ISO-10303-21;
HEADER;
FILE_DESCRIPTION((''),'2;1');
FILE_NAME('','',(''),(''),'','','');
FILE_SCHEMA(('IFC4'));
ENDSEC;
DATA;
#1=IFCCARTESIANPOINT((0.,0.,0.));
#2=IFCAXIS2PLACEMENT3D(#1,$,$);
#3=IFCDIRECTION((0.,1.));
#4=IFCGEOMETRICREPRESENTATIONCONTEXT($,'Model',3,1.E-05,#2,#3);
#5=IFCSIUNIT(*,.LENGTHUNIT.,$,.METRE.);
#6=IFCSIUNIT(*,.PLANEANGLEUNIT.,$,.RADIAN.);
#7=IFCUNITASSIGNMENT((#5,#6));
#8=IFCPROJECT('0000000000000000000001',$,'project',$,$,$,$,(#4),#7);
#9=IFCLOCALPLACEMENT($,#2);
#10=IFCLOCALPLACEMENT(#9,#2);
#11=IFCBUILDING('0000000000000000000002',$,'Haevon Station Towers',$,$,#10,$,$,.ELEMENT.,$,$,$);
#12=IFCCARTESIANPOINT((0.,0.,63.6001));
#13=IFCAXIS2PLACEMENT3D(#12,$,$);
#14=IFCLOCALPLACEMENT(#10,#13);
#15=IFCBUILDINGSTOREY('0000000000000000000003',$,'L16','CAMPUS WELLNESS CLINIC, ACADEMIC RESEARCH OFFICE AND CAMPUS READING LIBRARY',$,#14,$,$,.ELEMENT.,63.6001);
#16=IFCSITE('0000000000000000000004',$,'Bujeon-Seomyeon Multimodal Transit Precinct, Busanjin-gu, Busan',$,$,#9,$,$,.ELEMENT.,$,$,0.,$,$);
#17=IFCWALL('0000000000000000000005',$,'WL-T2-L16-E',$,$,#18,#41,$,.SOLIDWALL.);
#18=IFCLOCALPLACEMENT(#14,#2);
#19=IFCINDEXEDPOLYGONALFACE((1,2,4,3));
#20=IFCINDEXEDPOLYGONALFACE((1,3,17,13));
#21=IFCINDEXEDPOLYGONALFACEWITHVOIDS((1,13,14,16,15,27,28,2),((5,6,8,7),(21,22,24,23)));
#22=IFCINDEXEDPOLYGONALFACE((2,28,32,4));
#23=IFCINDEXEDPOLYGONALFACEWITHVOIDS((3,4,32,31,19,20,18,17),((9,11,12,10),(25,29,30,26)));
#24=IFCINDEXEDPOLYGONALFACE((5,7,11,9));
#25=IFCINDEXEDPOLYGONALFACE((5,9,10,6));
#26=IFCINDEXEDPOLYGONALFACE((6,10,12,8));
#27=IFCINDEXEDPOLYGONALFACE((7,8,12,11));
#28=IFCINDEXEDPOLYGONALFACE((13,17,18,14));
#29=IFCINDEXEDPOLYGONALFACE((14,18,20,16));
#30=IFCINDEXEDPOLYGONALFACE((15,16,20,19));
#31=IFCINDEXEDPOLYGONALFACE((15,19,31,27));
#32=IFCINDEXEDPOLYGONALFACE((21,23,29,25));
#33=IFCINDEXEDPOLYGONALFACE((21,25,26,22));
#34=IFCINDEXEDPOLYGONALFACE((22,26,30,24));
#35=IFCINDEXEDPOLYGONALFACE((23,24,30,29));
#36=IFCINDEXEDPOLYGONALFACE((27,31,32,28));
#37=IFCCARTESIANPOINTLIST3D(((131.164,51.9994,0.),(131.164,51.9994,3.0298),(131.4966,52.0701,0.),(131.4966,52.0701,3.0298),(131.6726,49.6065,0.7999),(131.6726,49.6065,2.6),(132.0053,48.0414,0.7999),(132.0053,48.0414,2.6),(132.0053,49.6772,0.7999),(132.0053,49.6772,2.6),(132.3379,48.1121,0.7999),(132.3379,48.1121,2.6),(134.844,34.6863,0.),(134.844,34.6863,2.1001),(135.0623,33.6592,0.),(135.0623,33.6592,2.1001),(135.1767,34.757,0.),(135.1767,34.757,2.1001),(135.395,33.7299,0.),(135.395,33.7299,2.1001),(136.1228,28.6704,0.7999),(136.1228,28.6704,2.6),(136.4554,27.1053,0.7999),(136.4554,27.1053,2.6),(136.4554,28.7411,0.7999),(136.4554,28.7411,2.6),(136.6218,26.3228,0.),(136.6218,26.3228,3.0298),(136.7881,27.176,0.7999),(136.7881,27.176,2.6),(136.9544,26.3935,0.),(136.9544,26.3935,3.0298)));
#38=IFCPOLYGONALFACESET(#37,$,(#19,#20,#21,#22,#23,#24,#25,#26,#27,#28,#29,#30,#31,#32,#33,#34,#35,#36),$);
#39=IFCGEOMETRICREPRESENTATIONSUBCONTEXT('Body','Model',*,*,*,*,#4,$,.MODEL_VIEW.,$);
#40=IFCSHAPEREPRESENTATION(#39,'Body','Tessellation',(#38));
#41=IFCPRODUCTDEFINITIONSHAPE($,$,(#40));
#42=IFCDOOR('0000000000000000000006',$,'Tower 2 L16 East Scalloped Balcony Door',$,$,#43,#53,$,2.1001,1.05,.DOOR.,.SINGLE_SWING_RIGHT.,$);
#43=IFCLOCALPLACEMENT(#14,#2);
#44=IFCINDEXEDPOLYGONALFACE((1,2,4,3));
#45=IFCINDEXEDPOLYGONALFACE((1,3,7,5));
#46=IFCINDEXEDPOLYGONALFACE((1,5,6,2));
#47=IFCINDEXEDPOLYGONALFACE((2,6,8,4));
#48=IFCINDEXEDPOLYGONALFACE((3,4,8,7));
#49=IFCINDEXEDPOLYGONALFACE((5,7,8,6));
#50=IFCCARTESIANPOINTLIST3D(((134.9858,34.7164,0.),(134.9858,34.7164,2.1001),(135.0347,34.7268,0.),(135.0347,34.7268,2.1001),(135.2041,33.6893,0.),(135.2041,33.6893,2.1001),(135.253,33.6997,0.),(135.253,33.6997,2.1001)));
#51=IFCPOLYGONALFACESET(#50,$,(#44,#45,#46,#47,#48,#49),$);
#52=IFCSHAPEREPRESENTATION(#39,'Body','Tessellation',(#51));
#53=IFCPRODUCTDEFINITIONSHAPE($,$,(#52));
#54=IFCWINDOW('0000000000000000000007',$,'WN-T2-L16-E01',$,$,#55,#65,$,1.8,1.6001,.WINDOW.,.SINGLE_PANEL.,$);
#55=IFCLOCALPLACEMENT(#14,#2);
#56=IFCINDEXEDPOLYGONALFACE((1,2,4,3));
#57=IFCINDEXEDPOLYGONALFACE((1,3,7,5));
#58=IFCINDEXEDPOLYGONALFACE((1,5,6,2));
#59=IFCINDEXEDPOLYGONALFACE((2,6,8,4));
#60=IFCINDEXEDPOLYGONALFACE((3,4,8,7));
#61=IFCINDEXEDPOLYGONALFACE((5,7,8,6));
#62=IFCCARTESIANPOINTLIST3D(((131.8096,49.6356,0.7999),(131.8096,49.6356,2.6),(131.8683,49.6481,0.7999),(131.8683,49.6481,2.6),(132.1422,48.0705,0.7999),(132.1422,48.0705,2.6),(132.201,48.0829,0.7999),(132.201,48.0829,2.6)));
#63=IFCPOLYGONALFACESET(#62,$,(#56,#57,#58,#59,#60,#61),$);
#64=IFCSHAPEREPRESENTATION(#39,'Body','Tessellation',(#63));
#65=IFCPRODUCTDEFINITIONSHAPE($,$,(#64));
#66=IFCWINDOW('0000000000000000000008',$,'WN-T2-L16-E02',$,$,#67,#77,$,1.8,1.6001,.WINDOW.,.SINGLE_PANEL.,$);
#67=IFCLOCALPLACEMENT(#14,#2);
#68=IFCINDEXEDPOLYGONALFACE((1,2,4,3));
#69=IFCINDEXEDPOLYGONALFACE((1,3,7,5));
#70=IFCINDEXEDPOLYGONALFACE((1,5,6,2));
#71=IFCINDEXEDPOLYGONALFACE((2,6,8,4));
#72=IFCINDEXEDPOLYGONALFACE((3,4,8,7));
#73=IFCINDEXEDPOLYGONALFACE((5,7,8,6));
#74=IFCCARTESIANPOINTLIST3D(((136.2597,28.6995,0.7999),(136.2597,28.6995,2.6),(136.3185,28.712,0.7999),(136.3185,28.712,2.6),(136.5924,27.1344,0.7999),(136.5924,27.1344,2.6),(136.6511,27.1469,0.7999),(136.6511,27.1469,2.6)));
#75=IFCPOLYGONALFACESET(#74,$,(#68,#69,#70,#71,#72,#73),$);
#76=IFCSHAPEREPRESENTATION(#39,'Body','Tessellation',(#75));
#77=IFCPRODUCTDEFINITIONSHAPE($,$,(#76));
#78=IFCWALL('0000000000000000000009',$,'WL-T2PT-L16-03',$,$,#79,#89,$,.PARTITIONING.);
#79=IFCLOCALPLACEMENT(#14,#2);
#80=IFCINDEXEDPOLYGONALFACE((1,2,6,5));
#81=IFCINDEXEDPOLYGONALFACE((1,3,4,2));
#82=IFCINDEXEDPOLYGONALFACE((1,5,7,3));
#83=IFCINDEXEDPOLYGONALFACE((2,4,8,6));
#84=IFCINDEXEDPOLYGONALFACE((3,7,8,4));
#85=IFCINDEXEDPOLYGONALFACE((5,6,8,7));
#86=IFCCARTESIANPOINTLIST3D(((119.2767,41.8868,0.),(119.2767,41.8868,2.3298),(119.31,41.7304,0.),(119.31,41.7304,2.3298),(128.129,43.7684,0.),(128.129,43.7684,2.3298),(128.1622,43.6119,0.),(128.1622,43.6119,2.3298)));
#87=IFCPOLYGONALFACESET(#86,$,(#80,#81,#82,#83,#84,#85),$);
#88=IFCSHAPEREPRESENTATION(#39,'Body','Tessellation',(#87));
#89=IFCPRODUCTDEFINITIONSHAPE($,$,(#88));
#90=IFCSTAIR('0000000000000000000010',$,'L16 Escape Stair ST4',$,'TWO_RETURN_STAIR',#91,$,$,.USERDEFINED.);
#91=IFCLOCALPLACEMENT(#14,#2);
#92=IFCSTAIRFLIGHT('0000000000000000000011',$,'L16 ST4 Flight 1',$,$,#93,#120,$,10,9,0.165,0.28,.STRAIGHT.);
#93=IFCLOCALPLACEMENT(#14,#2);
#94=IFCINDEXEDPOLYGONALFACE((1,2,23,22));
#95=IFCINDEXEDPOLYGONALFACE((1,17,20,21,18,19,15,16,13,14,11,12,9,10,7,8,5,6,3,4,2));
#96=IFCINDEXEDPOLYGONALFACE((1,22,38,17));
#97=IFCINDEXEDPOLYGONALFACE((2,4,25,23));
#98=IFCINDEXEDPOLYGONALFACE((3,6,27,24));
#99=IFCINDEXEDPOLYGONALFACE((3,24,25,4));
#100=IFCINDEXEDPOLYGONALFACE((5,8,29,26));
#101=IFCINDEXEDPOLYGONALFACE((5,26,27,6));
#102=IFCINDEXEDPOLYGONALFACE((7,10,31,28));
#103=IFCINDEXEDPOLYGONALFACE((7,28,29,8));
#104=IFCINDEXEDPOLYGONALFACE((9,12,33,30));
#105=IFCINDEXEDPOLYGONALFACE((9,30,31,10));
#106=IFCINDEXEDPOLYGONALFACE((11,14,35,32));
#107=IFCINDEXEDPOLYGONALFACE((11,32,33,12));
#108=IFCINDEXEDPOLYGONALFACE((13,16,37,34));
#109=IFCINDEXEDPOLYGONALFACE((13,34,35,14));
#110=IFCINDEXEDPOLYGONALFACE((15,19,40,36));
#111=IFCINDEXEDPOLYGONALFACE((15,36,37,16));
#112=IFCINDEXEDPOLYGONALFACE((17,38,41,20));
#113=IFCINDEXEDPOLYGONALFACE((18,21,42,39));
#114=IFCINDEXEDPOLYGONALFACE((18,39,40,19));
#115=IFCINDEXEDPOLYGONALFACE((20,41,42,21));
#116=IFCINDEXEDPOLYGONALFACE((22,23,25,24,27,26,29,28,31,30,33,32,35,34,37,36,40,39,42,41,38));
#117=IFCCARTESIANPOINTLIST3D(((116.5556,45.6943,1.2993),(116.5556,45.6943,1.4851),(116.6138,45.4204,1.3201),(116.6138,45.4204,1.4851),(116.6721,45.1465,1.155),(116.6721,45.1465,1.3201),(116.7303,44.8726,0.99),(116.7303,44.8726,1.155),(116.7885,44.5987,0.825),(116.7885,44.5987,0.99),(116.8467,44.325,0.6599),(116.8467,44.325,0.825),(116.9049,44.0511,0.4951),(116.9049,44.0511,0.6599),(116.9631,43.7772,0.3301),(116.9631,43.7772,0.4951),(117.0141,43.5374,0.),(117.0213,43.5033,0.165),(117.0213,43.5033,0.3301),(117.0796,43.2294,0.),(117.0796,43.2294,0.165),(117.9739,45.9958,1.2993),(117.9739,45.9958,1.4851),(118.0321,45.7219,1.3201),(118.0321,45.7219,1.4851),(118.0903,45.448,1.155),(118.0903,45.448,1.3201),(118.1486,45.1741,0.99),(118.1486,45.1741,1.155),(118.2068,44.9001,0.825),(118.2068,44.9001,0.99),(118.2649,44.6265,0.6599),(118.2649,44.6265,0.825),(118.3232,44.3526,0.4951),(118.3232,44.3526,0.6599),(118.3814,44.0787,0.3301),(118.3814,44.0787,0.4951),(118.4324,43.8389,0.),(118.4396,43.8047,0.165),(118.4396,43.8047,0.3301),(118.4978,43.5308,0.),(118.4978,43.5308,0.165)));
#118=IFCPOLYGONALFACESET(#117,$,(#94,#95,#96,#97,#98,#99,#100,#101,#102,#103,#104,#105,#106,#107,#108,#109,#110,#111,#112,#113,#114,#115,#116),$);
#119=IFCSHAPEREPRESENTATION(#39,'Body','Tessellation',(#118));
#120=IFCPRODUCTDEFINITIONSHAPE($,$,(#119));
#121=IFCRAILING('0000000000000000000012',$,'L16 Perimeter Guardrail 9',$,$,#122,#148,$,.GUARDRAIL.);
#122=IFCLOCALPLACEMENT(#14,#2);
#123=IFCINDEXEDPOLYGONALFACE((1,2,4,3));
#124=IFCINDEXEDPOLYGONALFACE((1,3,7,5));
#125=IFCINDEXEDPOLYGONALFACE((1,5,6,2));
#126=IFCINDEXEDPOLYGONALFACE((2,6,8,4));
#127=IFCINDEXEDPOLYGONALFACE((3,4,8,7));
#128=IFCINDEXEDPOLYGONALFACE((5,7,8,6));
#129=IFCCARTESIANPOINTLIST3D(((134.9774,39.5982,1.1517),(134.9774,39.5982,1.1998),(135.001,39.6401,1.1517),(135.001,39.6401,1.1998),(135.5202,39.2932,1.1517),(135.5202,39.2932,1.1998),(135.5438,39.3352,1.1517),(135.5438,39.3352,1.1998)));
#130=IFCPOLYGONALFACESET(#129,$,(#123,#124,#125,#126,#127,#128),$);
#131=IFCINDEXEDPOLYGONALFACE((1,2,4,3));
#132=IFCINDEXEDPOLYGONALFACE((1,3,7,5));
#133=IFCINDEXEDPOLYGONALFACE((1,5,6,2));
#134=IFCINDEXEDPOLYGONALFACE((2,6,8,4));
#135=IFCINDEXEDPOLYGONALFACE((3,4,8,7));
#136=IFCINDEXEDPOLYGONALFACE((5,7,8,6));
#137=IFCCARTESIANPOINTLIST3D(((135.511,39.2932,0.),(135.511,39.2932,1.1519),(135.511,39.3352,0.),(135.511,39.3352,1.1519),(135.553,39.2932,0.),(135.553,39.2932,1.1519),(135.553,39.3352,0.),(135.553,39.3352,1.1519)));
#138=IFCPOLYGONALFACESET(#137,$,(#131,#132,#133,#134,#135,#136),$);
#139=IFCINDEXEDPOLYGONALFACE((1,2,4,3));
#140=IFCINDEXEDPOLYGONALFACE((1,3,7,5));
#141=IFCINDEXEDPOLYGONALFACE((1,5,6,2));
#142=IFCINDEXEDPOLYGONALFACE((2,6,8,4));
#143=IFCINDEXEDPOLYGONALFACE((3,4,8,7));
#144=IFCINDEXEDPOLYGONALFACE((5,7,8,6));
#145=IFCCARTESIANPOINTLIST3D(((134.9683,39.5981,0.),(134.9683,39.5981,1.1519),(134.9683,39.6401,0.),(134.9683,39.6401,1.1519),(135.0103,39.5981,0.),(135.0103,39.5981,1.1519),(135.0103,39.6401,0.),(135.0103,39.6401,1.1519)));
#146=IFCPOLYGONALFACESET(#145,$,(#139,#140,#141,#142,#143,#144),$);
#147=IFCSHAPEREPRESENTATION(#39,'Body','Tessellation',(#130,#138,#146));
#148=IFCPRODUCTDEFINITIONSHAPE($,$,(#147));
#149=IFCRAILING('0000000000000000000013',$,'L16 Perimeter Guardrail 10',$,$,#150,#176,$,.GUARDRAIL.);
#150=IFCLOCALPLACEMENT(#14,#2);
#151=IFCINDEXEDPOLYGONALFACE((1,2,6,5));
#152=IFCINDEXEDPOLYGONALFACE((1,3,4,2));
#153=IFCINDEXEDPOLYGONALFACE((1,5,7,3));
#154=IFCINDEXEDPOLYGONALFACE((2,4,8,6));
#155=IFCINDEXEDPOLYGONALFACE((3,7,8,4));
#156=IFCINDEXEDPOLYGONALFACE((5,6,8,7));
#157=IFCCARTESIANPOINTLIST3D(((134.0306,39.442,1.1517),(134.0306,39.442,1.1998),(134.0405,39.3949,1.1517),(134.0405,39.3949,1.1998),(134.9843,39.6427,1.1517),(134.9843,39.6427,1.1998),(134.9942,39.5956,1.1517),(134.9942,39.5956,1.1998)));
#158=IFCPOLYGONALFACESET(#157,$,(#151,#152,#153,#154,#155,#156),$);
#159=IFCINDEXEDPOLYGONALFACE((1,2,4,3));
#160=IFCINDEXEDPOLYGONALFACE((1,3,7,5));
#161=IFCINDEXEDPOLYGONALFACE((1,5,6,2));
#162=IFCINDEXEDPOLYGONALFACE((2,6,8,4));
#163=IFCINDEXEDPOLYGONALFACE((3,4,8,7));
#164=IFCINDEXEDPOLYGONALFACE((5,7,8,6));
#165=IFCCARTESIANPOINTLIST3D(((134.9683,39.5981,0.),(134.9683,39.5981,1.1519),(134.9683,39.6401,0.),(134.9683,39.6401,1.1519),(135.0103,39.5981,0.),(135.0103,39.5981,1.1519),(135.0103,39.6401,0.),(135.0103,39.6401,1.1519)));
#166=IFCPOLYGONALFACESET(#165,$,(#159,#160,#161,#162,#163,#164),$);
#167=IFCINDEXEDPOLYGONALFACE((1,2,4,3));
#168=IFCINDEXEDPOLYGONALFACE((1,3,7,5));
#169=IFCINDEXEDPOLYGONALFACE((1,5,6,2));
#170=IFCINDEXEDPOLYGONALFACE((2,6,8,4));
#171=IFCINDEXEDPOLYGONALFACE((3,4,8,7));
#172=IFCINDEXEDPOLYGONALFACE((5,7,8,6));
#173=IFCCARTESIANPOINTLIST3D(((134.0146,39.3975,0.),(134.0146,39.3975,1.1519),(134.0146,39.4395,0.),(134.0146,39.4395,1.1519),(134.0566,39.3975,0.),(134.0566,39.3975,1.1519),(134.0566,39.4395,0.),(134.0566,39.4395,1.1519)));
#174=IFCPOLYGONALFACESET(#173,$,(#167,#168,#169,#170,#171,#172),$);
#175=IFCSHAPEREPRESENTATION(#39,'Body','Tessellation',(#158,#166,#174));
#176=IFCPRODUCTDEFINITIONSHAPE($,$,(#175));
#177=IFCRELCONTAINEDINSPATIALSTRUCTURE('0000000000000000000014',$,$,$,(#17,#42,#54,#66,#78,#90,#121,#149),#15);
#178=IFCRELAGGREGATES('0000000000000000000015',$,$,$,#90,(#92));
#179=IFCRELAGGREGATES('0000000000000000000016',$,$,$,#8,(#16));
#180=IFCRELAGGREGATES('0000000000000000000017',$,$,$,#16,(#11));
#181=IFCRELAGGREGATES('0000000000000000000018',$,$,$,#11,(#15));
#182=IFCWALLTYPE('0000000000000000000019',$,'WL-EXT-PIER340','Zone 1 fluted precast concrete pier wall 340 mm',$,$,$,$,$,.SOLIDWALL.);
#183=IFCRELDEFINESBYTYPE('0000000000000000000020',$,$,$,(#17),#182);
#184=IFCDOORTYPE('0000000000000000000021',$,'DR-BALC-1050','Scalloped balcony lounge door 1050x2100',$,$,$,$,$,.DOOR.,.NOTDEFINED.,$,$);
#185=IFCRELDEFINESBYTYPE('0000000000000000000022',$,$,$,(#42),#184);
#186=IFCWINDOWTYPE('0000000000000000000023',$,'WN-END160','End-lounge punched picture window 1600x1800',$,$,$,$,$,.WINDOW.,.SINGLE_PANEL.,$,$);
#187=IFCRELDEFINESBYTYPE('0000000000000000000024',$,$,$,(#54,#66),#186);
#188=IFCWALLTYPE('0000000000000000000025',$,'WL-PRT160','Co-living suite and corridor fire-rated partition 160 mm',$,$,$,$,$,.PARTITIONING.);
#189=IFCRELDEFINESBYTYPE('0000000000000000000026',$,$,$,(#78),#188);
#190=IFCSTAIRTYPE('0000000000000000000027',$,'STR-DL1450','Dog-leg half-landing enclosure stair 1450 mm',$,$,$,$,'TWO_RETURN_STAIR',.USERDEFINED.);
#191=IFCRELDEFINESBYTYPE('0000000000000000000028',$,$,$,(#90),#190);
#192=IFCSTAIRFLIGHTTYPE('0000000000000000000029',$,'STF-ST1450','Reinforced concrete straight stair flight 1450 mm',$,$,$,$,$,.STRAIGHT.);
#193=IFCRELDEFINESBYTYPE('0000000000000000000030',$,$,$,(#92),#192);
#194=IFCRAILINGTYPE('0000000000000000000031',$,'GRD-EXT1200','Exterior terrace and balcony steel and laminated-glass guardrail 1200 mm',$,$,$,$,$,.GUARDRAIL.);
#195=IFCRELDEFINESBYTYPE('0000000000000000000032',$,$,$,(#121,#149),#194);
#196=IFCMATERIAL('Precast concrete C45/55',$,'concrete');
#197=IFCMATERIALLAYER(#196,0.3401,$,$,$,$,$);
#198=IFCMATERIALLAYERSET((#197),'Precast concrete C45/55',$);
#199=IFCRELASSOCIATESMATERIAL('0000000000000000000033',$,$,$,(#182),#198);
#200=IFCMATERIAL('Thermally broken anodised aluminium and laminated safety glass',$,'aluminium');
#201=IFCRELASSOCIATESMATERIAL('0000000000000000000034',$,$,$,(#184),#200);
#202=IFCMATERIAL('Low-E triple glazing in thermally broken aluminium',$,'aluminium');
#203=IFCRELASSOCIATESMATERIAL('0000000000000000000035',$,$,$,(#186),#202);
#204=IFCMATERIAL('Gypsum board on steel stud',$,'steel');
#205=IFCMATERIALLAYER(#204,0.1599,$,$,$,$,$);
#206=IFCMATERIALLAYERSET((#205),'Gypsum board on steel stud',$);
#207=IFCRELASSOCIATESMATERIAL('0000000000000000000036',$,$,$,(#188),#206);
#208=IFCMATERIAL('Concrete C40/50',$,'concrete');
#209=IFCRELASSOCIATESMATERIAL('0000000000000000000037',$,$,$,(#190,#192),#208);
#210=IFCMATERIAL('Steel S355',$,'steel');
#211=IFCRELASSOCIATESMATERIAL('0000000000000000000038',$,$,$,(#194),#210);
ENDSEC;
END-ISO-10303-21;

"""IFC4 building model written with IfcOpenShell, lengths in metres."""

from ifc_helpers import new_model, si_unit, direction, frame, frame_2d, origin, origin_2d, place, context, subcontext, project, spatial, polyline, rectangle, outline, extrude, material, layer, layer_set, type_object, element, fill, aggregate, save


model = new_model("IFC4")

# Units and contexts
model_context = context("Model", 3, precision=1e-05, world=origin(), true_north=direction((0.0, 1.0)))
body_context = subcontext(model_context, "Body", "Model", "MODEL_VIEW")
ifc_project = project(units=[si_unit("LENGTHUNIT", "METRE"), si_unit("PLANEANGLEUNIT", "RADIAN")], contexts=[model_context])

# Site, building, storey
site_placement = place(None, origin())
site = spatial("IfcSite", under=ifc_project, at=site_placement, Name="Bujeon-Seomyeon Multimodal Transit Precinct, Busanjin-gu, Busan", CompositionType="ELEMENT", RefElevation=0.0)
building_placement = place(site_placement, origin())
building = spatial("IfcBuilding", under=site, at=building_placement, Name="Haevon Station Towers", CompositionType="ELEMENT")
storey_placement = place(building_placement, frame((0.0, 0.0, 63.6001)))
storey = spatial("IfcBuildingStorey", under=building, at=storey_placement, Name="L16", Description="CAMPUS WELLNESS CLINIC, ACADEMIC RESEARCH OFFICE AND CAMPUS READING LIBRARY", CompositionType="ELEMENT", Elevation=63.6001)

# Shared definitions
ifc_material_1 = material(Name="Steel S355", Category="steel")

# Shared definitions
ifc_material_2 = material(Name="Precast concrete C45/55", Category="concrete")
ifc_layer_1 = layer(ifc_material_2, 0.3401)
ifc_layer_set_1 = layer_set([ifc_layer_1], Name="Precast concrete C45/55")
wall_type_1 = type_object("IfcWallType", Name="WL-EXT-PIER340", Description="Zone 1 fluted precast concrete pier wall 340 mm", PredefinedType="SOLIDWALL", material=ifc_layer_set_1)

# Wall, openings, door, windows
wall_1_placement = place(storey_placement, frame((131.3303, 52.0347, 0.0), z_axis=(0.0, 0.0, 1.0), x_axis=(0.207914, -0.978147, 0.0)))
wall_1 = element("IfcWall", 1, at=wall_1_placement, inside=storey, type_object=wall_type_1, Name="WL-T2-L16-E", PredefinedType="SOLIDWALL", context=body_context, shape_type="SweptSolid", body=[
    extrude(rectangle(XDim=26.2502, YDim=0.3401, at=frame_2d((13.125, 0.0))), origin(), (0.0, 0.0, 1.0), 3.0298),
])
opening_1_placement = place(wall_1_placement, frame((17.7, 0.0, 0.0)))
opening_1 = element("IfcOpeningElement", 2, at=opening_1_placement, cuts=wall_1, PredefinedType="OPENING", context=body_context, shape_type="SweptSolid", body=[
    extrude(rectangle(XDim=1.05, YDim=2.1001, at=frame_2d((0.5249, 1.05))), frame((0.0, 0.1799, 0.0), z_axis=(0.0, -1.0, 0.0), x_axis=(1.0, 0.0, 0.0)), (0.0, 0.0, 1.0), 0.3601),
])
opening_2_placement = place(wall_1_placement, frame((2.4463, 0.0, 0.8)))
opening_2 = element("IfcOpeningElement", 3, at=opening_2_placement, cuts=wall_1, PredefinedType="OPENING", context=body_context, shape_type="SweptSolid", body=[
    extrude(rectangle(XDim=1.6001, YDim=1.8, at=frame_2d((0.8, 0.8999))), frame((0.0, 0.1799, 0.0), z_axis=(0.0, -1.0, 0.0), x_axis=(1.0, 0.0, 0.0)), (0.0, 0.0, 1.0), 0.3601),
])
opening_3_placement = place(wall_1_placement, frame((23.8501, 0.0, 0.8)))
opening_3 = element("IfcOpeningElement", 4, at=opening_3_placement, cuts=wall_1, PredefinedType="OPENING", context=body_context, shape_type="SweptSolid", body=[
    extrude(rectangle(XDim=1.6001, YDim=1.8, at=frame_2d((0.8, 0.8999))), frame((0.0, 0.1799, 0.0), z_axis=(0.0, -1.0, 0.0), x_axis=(1.0, 0.0, 0.0)), (0.0, 0.0, 1.0), 0.3601),
])
ifc_material_3 = material(Name="Thermally broken anodised aluminium and laminated safety glass", Category="aluminium")
door_type = type_object("IfcDoorType", Name="DR-BALC-1050", Description="Scalloped balcony lounge door 1050x2100", OperationType="NOTDEFINED", PredefinedType="DOOR", material=ifc_material_3)
door_placement = place(opening_1_placement, origin())
door = element("IfcDoor", 5, at=door_placement, inside=storey, type_object=door_type, Name="Tower 2 L16 East Scalloped Balcony Door", OperationType="SINGLE_SWING_RIGHT", OverallHeight=2.1001, OverallWidth=1.05, PredefinedType="DOOR", context=body_context, shape_type="SweptSolid", body=[
    extrude(rectangle(XDim=1.05, YDim=2.1001, at=frame_2d((0.5249, 1.05))), frame((0.0, 0.0249, 0.0), z_axis=(0.0, -1.0, 0.0), x_axis=(1.0, 0.0, 0.0)), (0.0, 0.0, 1.0), 0.05),
])
fill(opening_1, door)
ifc_material_4 = material(Name="Low-E triple glazing in thermally broken aluminium", Category="aluminium")
window_type = type_object("IfcWindowType", Name="WN-END160", Description="End-lounge punched picture window 1600x1800", PartitioningType="SINGLE_PANEL", PredefinedType="WINDOW", material=ifc_material_4)
window_1_placement = place(opening_2_placement, origin())
window_1 = element("IfcWindow", 6, at=window_1_placement, inside=storey, type_object=window_type, Name="WN-T2-L16-E01", OverallHeight=1.8, OverallWidth=1.6001, PartitioningType="SINGLE_PANEL", PredefinedType="WINDOW", context=body_context, shape_type="SweptSolid", body=[
    extrude(rectangle(XDim=1.6001, YDim=1.8, at=frame_2d((0.8, 0.8999))), frame((0.0, 0.03, 0.0), z_axis=(0.0, -1.0, 0.0), x_axis=(1.0, 0.0, 0.0)), (0.0, 0.0, 1.0), 0.0601),
])
fill(opening_2, window_1)
window_2_placement = place(opening_3_placement, origin())
window_2 = element("IfcWindow", 7, at=window_2_placement, inside=storey, type_object=window_type, Name="WN-T2-L16-E02", OverallHeight=1.8, OverallWidth=1.6001, PartitioningType="SINGLE_PANEL", PredefinedType="WINDOW", context=body_context, shape_type="SweptSolid", body=[
    extrude(rectangle(XDim=1.6001, YDim=1.8, at=frame_2d((0.8, 0.8999))), frame((0.0, 0.03, 0.0), z_axis=(0.0, -1.0, 0.0), x_axis=(1.0, 0.0, 0.0)), (0.0, 0.0, 1.0), 0.0601),
])
fill(opening_3, window_2)

# Wall
ifc_material_5 = material(Name="Gypsum board on steel stud", Category="steel")
ifc_layer_2 = layer(ifc_material_5, 0.1599)
ifc_layer_set_2 = layer_set([ifc_layer_2], Name="Gypsum board on steel stud")
wall_type_2 = type_object("IfcWallType", Name="WL-PRT160", Description="Co-living suite and corridor fire-rated partition 160 mm", PredefinedType="PARTITIONING", material=ifc_layer_set_2)
wall_2_placement = place(storey_placement, frame((119.2935, 41.8086, 0.0), z_axis=(0.0, 0.0, 1.0), x_axis=(0.978148, 0.207909, 0.0)))
element("IfcWall", 8, at=wall_2_placement, inside=storey, type_object=wall_type_2, Name="WL-T2PT-L16-03", PredefinedType="PARTITIONING", context=body_context, shape_type="SweptSolid", body=[
    extrude(rectangle(XDim=9.05, YDim=0.1599, at=frame_2d((4.5249, 0.0))), origin(), (0.0, 0.0, 1.0), 2.3298),
])

# Stair, stair flight
ifc_material_6 = material(Name="Concrete C40/50", Category="concrete")
stair_type = type_object("IfcStairType", Name="STR-DL1450", Description="Dog-leg half-landing enclosure stair 1450 mm", ElementType="TWO_RETURN_STAIR", PredefinedType="USERDEFINED", material=ifc_material_6)
stair_placement = place(storey_placement, origin())
stair = element("IfcStair", 9, at=stair_placement, inside=storey, type_object=stair_type, Name="L16 Escape Stair ST4", ObjectType="TWO_RETURN_STAIR", PredefinedType="USERDEFINED")
stair_flight_type = type_object("IfcStairFlightType", Name="STF-ST1450", Description="Reinforced concrete straight stair flight 1450 mm", PredefinedType="STRAIGHT", material=ifc_material_6)
stair_flight_placement = place(storey_placement, frame((117.7888, 43.3801, 0.0), z_axis=(0.0, 0.0, 1.0), x_axis=(-0.207912, 0.978148, 0.0)))
stair_flight = element("IfcStairFlight", 10, at=stair_flight_placement, type_object=stair_flight_type, Name="L16 ST4 Flight 1", NumberOfRisers=10, NumberOfTreads=9, PredefinedType="STRAIGHT", RiserHeight=0.165, TreadLength=0.28, context=body_context, shape_type="SweptSolid", body=[
    extrude(outline(polyline([(0.0, 0.0), (0.0, 0.165), (0.28, 0.165), (0.28, 0.3301), (0.5601, 0.3301), (0.5601, 0.4951), (0.8401, 0.4951), (0.8401, 0.6599), (1.1201, 0.6599), (1.1201, 0.825), (1.3999, 0.825), (1.3999, 0.99), (1.6799, 0.99), (1.6799, 1.155), (1.96, 1.155), (1.96, 1.3201), (2.24, 1.3201), (2.24, 1.4851), (2.52, 1.4851), (2.52, 1.6499), (2.52, 1.2993), (0.3149, 0.0), (0.0, 0.0)])), frame((0.0, 0.7251, 0.0), z_axis=(0.0, -1.0, 0.0), x_axis=(1.0, 0.0, 0.0)), (0.0, 0.0, 1.0), 1.45),
])
aggregate(stair, [stair_flight])

# Railings
railing_type_1 = type_object("IfcRailingType", Name="GRD-EXT1200", Description="Exterior terrace and balcony steel and laminated-glass guardrail 1200 mm", PredefinedType="GUARDRAIL", material=ifc_material_1)
railing_1_placement = place(storey_placement, frame((135.532, 39.3142, 0.0)))
element("IfcRailing", 11, at=railing_1_placement, inside=storey, type_object=railing_type_1, Name="L16 Perimeter Guardrail 9", PredefinedType="GUARDRAIL", context=body_context, shape_type="SweptSolid", body=[
    extrude(rectangle(XDim=0.0481, YDim=0.0481, at=origin_2d()), frame((0.0, 0.0, 1.1758), z_axis=(-0.871816, 0.489833, 0.0), x_axis=(-0.489833, -0.871816, 0.0)), (0.0, 0.0, 1.0), 0.6226),
    extrude(rectangle(XDim=0.042, YDim=0.042, at=origin_2d()), origin(), (0.0, 0.0, 1.0), 1.1519),
    extrude(rectangle(XDim=0.042, YDim=0.042, at=origin_2d()), frame((-0.5427, 0.3049, 0.0)), (0.0, 0.0, 1.0), 1.1519),
])
railing_2_placement = place(storey_placement, frame((134.9893, 39.6191, 0.0)))
element("IfcRailing", 12, at=railing_2_placement, inside=storey, type_object=railing_type_1, Name="L16 Perimeter Guardrail 10", PredefinedType="GUARDRAIL", context=body_context, shape_type="SweptSolid", body=[
    extrude(rectangle(XDim=0.0481, YDim=0.0481, at=origin_2d()), frame((0.0, 0.0, 1.1758), z_axis=(-0.978566, -0.205935, 0.0), x_axis=(0.205935, -0.978566, 0.0)), (0.0, 0.0, 1.0), 0.9746),
    extrude(rectangle(XDim=0.042, YDim=0.042, at=origin_2d()), origin(), (0.0, 0.0, 1.0), 1.1519),
    extrude(rectangle(XDim=0.042, YDim=0.042, at=origin_2d()), frame((-0.9536, -0.2007, 0.0)), (0.0, 0.0, 1.0), 1.1519),
])

save(model, "model.ifc")
